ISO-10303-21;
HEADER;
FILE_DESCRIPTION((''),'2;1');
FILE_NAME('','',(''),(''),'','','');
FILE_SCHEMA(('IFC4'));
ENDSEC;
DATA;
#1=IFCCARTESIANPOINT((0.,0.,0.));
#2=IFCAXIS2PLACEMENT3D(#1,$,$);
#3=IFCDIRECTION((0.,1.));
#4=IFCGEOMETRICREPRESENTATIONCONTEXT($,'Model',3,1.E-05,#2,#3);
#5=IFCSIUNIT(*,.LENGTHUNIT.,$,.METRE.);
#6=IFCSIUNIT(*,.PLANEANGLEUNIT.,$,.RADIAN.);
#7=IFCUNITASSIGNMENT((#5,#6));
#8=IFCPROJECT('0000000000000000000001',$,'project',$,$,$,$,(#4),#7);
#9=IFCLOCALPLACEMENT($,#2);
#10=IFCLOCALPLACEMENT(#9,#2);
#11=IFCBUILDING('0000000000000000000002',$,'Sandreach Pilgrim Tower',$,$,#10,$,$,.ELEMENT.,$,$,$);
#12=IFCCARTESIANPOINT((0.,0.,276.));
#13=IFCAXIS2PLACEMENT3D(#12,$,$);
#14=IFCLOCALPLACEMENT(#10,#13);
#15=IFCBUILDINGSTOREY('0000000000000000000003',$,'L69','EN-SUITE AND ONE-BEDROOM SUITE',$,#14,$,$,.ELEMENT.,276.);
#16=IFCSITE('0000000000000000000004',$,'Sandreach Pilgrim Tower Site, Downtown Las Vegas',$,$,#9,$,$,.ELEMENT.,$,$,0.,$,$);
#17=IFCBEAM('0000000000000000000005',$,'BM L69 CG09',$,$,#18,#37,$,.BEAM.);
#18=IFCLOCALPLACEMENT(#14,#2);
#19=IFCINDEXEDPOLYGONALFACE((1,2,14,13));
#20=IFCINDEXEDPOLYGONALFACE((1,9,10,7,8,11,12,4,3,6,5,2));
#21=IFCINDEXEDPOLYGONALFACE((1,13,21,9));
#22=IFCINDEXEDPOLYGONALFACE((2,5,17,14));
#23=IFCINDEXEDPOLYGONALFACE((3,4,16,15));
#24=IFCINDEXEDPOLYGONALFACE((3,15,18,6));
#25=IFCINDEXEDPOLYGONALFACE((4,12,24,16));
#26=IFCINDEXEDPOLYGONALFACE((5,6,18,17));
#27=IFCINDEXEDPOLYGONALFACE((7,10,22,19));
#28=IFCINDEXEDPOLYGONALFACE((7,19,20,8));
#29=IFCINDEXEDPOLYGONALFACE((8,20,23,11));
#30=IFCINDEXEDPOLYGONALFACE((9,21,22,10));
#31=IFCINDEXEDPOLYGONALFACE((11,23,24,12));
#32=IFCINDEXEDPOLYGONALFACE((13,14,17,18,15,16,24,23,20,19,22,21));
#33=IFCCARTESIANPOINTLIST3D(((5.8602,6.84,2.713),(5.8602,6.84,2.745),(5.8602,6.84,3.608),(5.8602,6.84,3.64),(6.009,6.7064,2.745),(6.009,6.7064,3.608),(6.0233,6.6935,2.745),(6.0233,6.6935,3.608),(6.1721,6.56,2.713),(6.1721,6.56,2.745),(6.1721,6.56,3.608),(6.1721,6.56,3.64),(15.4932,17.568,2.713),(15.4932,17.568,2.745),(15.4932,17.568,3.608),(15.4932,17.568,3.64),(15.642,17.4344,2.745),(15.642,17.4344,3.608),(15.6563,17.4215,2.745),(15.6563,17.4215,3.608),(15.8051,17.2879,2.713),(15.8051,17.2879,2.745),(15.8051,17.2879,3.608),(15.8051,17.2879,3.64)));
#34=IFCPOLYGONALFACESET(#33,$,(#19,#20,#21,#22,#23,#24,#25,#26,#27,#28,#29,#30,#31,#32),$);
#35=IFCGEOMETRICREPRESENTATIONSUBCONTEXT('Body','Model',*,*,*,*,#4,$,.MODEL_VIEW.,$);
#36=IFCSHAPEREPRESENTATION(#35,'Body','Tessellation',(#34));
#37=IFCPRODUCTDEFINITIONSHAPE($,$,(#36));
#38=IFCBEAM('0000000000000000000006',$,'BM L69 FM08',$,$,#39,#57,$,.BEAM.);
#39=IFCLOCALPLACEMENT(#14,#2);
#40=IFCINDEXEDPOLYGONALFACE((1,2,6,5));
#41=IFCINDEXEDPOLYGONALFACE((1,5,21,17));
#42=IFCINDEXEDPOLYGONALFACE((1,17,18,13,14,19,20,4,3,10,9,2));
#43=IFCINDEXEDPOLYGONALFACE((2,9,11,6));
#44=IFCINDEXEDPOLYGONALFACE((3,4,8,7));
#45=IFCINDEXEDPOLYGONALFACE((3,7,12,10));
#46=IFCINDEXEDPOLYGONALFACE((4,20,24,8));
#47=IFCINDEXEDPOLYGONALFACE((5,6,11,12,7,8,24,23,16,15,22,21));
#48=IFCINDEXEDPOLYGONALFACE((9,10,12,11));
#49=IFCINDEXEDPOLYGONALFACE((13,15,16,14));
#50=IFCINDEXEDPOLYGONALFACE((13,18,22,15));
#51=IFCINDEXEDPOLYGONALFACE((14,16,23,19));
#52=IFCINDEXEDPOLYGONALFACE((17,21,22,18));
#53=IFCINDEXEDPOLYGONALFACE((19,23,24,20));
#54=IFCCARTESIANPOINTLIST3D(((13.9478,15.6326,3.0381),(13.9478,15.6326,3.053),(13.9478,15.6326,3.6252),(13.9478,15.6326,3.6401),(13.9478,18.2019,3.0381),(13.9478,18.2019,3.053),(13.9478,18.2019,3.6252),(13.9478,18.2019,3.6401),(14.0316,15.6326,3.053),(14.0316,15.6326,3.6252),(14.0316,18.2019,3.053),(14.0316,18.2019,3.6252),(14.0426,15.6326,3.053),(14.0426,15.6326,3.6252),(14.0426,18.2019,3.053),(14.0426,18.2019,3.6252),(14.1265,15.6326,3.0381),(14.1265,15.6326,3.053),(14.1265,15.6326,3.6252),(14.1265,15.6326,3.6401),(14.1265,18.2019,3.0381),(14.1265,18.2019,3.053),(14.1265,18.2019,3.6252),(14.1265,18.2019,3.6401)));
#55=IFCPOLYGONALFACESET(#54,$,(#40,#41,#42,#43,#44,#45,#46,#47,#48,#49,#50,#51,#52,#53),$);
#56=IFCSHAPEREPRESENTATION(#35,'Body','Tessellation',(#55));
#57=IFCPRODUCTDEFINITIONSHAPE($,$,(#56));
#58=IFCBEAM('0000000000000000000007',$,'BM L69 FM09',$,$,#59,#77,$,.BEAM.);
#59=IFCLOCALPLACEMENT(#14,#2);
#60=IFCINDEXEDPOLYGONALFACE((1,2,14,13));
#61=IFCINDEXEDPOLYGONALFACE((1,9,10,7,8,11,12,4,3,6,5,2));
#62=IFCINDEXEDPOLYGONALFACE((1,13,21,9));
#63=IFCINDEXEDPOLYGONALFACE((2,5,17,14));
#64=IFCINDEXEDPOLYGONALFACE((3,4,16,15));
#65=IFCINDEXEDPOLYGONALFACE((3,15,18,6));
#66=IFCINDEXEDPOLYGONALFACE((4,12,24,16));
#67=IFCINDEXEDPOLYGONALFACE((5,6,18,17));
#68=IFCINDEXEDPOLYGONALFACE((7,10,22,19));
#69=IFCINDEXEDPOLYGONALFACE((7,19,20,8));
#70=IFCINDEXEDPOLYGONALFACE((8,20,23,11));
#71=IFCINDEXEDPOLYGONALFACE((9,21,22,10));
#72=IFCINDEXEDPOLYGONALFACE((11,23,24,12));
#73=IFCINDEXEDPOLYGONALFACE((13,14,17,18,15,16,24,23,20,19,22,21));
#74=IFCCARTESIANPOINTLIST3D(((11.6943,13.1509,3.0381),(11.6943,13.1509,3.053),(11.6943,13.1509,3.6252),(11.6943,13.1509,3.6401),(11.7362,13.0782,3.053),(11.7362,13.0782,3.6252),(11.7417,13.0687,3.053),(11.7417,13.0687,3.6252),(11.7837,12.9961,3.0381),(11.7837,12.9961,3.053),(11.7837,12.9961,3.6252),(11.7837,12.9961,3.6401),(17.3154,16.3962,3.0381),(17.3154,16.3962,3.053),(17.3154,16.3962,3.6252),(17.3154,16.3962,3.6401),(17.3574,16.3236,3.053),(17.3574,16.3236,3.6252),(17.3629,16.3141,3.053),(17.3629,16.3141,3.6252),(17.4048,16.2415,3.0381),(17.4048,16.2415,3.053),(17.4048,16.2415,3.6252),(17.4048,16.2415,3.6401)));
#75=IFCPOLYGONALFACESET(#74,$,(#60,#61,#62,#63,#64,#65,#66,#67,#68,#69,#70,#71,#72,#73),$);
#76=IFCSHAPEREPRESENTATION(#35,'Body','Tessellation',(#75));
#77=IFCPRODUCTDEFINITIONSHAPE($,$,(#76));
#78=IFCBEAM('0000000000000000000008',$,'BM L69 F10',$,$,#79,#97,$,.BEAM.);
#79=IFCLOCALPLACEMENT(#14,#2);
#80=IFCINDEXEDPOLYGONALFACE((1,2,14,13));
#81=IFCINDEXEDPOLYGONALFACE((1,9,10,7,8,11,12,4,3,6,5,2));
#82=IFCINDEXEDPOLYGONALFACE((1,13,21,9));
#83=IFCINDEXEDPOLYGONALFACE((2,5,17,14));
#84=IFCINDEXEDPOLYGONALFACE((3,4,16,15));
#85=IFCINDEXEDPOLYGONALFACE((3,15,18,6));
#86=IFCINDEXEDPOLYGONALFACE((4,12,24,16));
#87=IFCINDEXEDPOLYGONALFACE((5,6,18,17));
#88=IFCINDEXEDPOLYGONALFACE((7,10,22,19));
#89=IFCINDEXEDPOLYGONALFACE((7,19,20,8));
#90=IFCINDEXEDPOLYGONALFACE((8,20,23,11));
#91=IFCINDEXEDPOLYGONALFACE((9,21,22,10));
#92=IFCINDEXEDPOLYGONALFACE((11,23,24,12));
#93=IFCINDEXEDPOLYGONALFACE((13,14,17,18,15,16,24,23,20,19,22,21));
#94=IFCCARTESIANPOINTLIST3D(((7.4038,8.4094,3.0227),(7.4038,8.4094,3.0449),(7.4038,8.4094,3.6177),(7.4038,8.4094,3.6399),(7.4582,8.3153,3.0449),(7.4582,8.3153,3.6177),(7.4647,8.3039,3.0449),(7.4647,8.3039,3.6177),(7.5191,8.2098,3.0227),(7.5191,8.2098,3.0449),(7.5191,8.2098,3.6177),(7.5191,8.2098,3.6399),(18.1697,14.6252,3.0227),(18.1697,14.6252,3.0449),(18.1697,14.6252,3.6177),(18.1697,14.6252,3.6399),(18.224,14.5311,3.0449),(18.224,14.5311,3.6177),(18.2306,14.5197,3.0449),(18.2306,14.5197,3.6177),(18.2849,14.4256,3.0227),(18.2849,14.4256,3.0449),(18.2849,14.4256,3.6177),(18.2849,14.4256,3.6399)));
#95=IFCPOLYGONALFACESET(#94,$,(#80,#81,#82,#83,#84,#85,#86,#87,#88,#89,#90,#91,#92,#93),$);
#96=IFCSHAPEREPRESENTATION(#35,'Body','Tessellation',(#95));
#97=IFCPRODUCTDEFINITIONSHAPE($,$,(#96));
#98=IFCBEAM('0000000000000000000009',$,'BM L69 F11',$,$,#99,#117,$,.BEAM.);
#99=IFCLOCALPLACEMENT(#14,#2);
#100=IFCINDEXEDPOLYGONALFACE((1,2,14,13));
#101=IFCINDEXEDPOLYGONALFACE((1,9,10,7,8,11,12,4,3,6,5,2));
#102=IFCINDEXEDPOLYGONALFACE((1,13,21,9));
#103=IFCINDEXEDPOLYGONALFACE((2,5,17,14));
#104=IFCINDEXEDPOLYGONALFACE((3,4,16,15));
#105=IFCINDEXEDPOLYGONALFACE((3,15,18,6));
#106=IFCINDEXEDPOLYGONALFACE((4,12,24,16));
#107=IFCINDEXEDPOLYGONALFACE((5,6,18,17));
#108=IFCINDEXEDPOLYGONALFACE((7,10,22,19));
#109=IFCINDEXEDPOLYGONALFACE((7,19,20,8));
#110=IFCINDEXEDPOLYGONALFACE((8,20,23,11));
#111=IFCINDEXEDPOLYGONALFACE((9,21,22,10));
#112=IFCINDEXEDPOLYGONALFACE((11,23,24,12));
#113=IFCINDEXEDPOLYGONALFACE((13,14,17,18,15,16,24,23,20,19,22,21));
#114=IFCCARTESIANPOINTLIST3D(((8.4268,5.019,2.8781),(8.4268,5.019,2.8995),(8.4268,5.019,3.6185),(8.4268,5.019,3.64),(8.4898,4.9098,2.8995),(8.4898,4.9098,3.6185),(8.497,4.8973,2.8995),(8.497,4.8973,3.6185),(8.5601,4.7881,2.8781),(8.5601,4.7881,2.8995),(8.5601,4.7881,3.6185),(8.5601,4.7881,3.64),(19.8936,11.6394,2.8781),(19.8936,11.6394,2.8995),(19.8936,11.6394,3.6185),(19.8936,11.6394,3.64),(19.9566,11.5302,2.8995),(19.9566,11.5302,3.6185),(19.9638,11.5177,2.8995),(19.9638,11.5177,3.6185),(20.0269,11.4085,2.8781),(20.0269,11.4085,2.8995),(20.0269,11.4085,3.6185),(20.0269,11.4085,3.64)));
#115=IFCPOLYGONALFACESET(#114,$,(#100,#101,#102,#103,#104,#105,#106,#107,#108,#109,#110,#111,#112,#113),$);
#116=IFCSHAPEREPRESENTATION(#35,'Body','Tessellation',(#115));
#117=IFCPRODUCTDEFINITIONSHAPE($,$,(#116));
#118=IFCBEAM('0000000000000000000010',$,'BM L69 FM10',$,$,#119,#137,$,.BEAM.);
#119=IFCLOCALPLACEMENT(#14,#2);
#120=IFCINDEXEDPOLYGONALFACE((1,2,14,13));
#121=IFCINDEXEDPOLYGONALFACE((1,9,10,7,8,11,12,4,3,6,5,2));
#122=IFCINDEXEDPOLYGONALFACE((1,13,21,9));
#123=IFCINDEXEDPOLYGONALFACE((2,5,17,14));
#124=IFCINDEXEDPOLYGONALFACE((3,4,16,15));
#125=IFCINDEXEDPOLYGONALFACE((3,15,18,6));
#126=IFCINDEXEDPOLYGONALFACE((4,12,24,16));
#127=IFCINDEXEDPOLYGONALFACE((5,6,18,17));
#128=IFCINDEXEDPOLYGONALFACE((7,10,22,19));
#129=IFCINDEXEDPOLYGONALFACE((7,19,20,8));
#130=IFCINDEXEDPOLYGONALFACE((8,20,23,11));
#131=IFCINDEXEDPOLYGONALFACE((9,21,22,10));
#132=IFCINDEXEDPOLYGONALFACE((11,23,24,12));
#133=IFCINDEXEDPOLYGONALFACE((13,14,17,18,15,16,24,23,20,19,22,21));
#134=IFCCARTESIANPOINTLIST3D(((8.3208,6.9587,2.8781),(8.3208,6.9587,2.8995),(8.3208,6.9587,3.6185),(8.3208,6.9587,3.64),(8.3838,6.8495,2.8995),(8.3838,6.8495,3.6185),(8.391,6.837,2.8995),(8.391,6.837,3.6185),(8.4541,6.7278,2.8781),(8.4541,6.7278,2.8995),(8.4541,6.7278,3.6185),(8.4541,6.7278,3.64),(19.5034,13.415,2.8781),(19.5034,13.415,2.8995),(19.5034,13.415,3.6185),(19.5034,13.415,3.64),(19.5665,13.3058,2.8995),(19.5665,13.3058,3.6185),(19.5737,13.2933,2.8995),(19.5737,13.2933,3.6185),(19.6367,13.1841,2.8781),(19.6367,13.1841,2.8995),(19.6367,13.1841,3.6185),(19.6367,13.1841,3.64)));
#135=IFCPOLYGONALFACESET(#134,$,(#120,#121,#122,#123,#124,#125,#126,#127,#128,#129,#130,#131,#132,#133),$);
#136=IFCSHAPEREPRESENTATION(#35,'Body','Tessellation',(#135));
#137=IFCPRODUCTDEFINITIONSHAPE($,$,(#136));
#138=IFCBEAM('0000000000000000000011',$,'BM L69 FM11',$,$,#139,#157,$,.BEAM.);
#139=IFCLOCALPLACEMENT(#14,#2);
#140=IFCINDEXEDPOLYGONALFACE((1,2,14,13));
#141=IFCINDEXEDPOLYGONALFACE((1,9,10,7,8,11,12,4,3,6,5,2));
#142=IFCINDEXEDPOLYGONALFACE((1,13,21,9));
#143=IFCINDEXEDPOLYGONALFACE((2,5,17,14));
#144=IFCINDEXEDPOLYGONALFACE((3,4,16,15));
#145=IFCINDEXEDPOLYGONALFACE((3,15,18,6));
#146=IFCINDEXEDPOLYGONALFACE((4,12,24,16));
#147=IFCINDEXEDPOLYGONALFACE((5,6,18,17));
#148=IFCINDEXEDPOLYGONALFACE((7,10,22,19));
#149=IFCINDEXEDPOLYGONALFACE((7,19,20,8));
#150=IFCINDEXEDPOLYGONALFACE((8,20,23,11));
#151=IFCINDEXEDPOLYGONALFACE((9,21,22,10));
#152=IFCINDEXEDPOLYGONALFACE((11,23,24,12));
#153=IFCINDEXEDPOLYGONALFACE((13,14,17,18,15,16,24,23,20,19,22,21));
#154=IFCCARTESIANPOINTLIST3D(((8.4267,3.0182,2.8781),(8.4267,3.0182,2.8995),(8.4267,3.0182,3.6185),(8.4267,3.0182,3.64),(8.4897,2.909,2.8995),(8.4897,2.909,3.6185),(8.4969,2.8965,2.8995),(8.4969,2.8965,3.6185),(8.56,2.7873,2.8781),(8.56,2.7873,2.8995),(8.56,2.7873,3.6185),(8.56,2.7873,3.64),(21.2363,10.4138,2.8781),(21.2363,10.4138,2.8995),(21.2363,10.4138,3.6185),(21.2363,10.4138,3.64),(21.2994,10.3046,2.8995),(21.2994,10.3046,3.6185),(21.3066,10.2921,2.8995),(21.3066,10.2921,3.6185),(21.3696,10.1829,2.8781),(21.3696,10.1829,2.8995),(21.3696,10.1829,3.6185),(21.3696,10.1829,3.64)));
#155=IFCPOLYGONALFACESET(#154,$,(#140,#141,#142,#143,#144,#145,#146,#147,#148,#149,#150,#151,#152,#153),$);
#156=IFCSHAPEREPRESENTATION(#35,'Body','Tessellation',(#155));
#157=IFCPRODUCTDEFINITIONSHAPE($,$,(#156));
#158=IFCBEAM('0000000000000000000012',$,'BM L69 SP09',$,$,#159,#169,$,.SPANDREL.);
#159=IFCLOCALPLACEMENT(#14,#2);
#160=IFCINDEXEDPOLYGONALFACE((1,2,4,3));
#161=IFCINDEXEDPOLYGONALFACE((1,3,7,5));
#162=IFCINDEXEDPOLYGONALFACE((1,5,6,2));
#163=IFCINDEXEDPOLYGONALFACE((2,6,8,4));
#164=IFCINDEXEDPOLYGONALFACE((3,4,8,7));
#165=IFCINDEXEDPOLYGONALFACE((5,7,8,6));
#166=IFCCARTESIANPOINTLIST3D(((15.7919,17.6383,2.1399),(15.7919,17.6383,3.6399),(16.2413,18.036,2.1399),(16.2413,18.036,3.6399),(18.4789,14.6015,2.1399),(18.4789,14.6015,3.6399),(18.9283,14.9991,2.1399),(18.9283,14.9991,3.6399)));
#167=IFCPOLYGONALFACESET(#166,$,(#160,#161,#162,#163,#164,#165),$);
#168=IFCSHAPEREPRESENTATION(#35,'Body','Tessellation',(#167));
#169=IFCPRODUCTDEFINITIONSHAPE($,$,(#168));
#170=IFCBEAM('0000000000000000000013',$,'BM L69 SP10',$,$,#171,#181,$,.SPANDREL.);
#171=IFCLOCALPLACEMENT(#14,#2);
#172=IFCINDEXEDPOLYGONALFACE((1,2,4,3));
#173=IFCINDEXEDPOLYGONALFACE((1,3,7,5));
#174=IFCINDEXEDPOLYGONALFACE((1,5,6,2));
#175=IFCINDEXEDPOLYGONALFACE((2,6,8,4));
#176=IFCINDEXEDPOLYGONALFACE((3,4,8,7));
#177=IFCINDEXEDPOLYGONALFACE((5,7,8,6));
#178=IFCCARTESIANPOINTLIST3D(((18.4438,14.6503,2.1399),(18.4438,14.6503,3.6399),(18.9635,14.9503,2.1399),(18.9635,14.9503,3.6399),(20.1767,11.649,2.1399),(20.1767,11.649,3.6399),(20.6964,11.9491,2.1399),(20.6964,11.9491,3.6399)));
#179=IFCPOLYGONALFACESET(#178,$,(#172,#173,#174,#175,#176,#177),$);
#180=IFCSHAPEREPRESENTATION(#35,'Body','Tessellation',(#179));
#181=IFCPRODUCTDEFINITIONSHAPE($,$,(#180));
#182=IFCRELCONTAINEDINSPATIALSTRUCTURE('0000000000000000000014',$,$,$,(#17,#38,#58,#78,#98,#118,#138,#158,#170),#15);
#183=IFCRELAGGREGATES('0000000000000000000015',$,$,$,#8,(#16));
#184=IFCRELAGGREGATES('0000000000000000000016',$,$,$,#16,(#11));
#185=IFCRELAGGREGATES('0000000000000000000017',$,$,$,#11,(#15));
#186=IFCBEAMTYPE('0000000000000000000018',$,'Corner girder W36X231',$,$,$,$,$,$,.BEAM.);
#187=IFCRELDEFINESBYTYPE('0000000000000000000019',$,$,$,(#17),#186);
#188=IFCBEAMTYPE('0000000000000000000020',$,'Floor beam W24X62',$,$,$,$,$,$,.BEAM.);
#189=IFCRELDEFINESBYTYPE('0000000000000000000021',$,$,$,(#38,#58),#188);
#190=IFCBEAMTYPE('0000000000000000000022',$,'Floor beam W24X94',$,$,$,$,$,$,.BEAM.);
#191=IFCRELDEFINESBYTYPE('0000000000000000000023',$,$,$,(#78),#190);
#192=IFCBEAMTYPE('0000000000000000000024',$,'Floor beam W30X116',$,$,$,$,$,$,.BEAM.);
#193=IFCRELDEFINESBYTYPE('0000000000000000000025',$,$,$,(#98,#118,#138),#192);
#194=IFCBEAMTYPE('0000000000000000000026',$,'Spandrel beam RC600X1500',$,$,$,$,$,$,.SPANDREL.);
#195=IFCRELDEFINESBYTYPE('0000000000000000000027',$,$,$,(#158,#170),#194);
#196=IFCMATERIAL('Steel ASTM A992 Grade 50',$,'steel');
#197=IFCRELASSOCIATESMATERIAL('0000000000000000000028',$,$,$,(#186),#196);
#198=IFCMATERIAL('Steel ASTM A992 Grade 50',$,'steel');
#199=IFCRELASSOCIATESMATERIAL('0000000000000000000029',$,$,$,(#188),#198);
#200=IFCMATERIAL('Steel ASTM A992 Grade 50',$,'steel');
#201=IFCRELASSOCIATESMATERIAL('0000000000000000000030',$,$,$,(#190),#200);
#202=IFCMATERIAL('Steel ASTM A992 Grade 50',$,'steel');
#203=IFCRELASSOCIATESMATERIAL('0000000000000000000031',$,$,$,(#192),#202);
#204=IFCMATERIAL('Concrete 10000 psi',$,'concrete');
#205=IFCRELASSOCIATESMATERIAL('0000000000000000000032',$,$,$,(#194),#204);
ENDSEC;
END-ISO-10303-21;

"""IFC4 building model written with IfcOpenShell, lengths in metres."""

from ifc_helpers import new_model, si_unit, direction, frame, origin, origin_2d, place, context, subcontext, project, spatial, rectangle, i_section, extrude, material, material_profile, profile_set, type_object, element, save


model = new_model("IFC4")

# Units and contexts
model_context = context("Model", 3, precision=1e-05, world=origin(), true_north=direction((0.0, 1.0)))
body_context = subcontext(model_context, "Body", "Model", "MODEL_VIEW")
ifc_project = project(units=[si_unit("LENGTHUNIT", "METRE"), si_unit("PLANEANGLEUNIT", "RADIAN")], contexts=[model_context])

# Site, building, storey
site_placement = place(None, origin())
site = spatial("IfcSite", under=ifc_project, at=site_placement, Name="Sandreach Pilgrim Tower Site, Downtown Las Vegas", CompositionType="ELEMENT", RefElevation=0.0)
building_placement = place(site_placement, origin())
building = spatial("IfcBuilding", under=site, at=building_placement, Name="Sandreach Pilgrim Tower", CompositionType="ELEMENT")
storey_placement = place(building_placement, frame((0.0, 0.0, 276.0)))
storey = spatial("IfcBuildingStorey", under=building, at=storey_placement, Name="L69", Description="EN-SUITE AND ONE-BEDROOM SUITE", CompositionType="ELEMENT", Elevation=276.0)

# Beams
ifc_material_1 = material(Name="Steel ASTM A992 Grade 50", Category="steel")
ifc_material_profile_1 = material_profile(ifc_material_1, i_section(OverallWidth=0.4192, OverallDepth=0.927, WebThickness=0.0193, FlangeThickness=0.032, at=origin_2d()), Name="W36X231")
ifc_profile_set_1 = profile_set([ifc_material_profile_1], Name="Steel ASTM A992 Grade 50")
beam_type_1 = type_object("IfcBeamType", Name="Corner girder W36X231", PredefinedType="BEAM", material=ifc_profile_set_1)
beam_1_placement = place(storey_placement, frame((15.6492, 17.428, 3.1765), z_axis=(-0.668115, -0.744058, 0.0), x_axis=(0.744058, -0.668115, 0.0)))
element("IfcBeam", 1, at=beam_1_placement, inside=storey, type_object=beam_type_1, Name="BM L69 CG09", PredefinedType="BEAM", context=body_context, shape_type="SweptSolid", body=[
    extrude(i_section(OverallWidth=0.4192, OverallDepth=0.927, WebThickness=0.0193, FlangeThickness=0.032, at=origin_2d()), origin(), (0.0, 0.0, 1.0), 14.4182),
])
ifc_material_2 = material(Name="Steel ASTM A992 Grade 50", Category="steel")
ifc_material_profile_2 = material_profile(ifc_material_2, i_section(OverallWidth=0.1787, OverallDepth=0.6021, WebThickness=0.011, FlangeThickness=0.0149, at=origin_2d()), Name="W24X62")
ifc_profile_set_2 = profile_set([ifc_material_profile_2], Name="Steel ASTM A992 Grade 50")
beam_type_2 = type_object("IfcBeamType", Name="Floor beam W24X62", PredefinedType="BEAM", material=ifc_profile_set_2)
beam_2_placement = place(storey_placement, frame((14.0371, 18.2019, 3.3391), z_axis=(0.0, -1.0, 0.0), x_axis=(1.0, 0.0, 0.0)))
element("IfcBeam", 2, at=beam_2_placement, inside=storey, type_object=beam_type_2, Name="BM L69 FM08", PredefinedType="BEAM", context=body_context, shape_type="SweptSolid", body=[
    extrude(i_section(OverallWidth=0.1787, OverallDepth=0.6021, WebThickness=0.011, FlangeThickness=0.0149, at=origin_2d()), origin(), (0.0, 0.0, 1.0), 2.5693),
])
beam_3_placement = place(storey_placement, frame((17.3601, 16.3188, 3.3391), z_axis=(-0.866024, -0.500002, 0.0), x_axis=(0.500002, -0.866024, 0.0)))
element("IfcBeam", 3, at=beam_3_placement, inside=storey, type_object=beam_type_2, Name="BM L69 FM09", PredefinedType="BEAM", context=body_context, shape_type="SweptSolid", body=[
    extrude(i_section(OverallWidth=0.1787, OverallDepth=0.6021, WebThickness=0.011, FlangeThickness=0.0149, at=origin_2d()), origin(), (0.0, 0.0, 1.0), 6.4907),
])
ifc_material_3 = material(Name="Steel ASTM A992 Grade 50", Category="steel")
ifc_material_profile_3 = material_profile(ifc_material_3, i_section(OverallWidth=0.2305, OverallDepth=0.6172, WebThickness=0.0132, FlangeThickness=0.0222, at=origin_2d()), Name="W24X94")
ifc_profile_set_3 = profile_set([ifc_material_profile_3], Name="Steel ASTM A992 Grade 50")
beam_type_3 = type_object("IfcBeamType", Name="Floor beam W24X94", PredefinedType="BEAM", material=ifc_profile_set_3)
beam_4_placement = place(storey_placement, frame((18.2273, 14.5254, 3.3313), z_axis=(-0.86602, -0.500009, 0.0), x_axis=(0.500009, -0.86602, 0.0)))
element("IfcBeam", 4, at=beam_4_placement, inside=storey, type_object=beam_type_3, Name="BM L69 F10", PredefinedType="BEAM", context=body_context, shape_type="SweptSolid", body=[
    extrude(i_section(OverallWidth=0.2305, OverallDepth=0.6172, WebThickness=0.0132, FlangeThickness=0.0222, at=origin_2d()), origin(), (0.0, 0.0, 1.0), 12.4314),
])
ifc_material_4 = material(Name="Steel ASTM A992 Grade 50", Category="steel")
ifc_material_profile_4 = material_profile(ifc_material_4, i_section(OverallWidth=0.2666, OverallDepth=0.762, WebThickness=0.0144, FlangeThickness=0.0215, at=origin_2d()), Name="W30X116")
ifc_profile_set_4 = profile_set([ifc_material_profile_4], Name="Steel ASTM A992 Grade 50")
beam_type_4 = type_object("IfcBeamType", Name="Floor beam W30X116", PredefinedType="BEAM", material=ifc_profile_set_4)
beam_5_placement = place(storey_placement, frame((19.9602, 11.5239, 3.259), z_axis=(-0.866025, -0.5, 0.0), x_axis=(0.5, -0.866025, 0.0)))
element("IfcBeam", 5, at=beam_5_placement, inside=storey, type_object=beam_type_4, Name="BM L69 F11", PredefinedType="BEAM", context=body_context, shape_type="SweptSolid", body=[
    extrude(i_section(OverallWidth=0.2666, OverallDepth=0.762, WebThickness=0.0144, FlangeThickness=0.0215, at=origin_2d()), origin(), (0.0, 0.0, 1.0), 13.2407),
])
beam_6_placement = place(storey_placement, frame((19.5701, 13.2996, 3.259), z_axis=(-0.866025, -0.500001, 0.0), x_axis=(0.500001, -0.866025, 0.0)))
element("IfcBeam", 6, at=beam_6_placement, inside=storey, type_object=beam_type_4, Name="BM L69 FM10", PredefinedType="BEAM", context=body_context, shape_type="SweptSolid", body=[
    extrude(i_section(OverallWidth=0.2666, OverallDepth=0.762, WebThickness=0.0144, FlangeThickness=0.0215, at=origin_2d()), origin(), (0.0, 0.0, 1.0), 12.9126),
])
beam_7_placement = place(storey_placement, frame((21.303, 10.2983, 3.259), z_axis=(-0.866028, -0.499995, 0.0), x_axis=(0.499995, -0.866028, 0.0)))
element("IfcBeam", 7, at=beam_7_placement, inside=storey, type_object=beam_type_4, Name="BM L69 FM11", PredefinedType="BEAM", context=body_context, shape_type="SweptSolid", body=[
    extrude(i_section(OverallWidth=0.2666, OverallDepth=0.762, WebThickness=0.0144, FlangeThickness=0.0215, at=origin_2d()), origin(), (0.0, 0.0, 1.0), 14.7913),
])
ifc_material_5 = material(Name="Concrete 10000 psi", Category="concrete")
ifc_material_profile_5 = material_profile(ifc_material_5, rectangle(XDim=0.6001, YDim=1.5, at=origin_2d()), Name="RC600X1500")
ifc_profile_set_5 = profile_set([ifc_material_profile_5], Name="Concrete 10000 psi")
beam_type_5 = type_object("IfcBeamType", Name="Spandrel beam RC600X1500", PredefinedType="SPANDREL", material=ifc_profile_set_5)
beam_8_placement = place(storey_placement, frame((16.0166, 17.8372, 2.8899), z_axis=(0.662651, -0.748929, 0.0), x_axis=(0.748929, 0.662651, 0.0)))
element("IfcBeam", 8, at=beam_8_placement, inside=storey, type_object=beam_type_5, Name="BM L69 SP09", PredefinedType="SPANDREL", context=body_context, shape_type="SweptSolid", body=[
    extrude(rectangle(XDim=0.6001, YDim=1.5, at=origin_2d()), origin(), (0.0, 0.0, 1.0), 4.0549),
])
for number, where, z_axis, x_axis, name in (
    (9, (18.7036, 14.8003, 2.8899), (0.500033, -0.866006, 0.0), (0.866006, 0.500033, 0.0), "BM L69 SP10"),
):
    element("IfcBeam", number, at=place(storey_placement, frame(where, z_axis=z_axis, x_axis=x_axis)), inside=storey, type_object=beam_type_5, Name=name, PredefinedType="SPANDREL", context=body_context, shape_type="SweptSolid", body=[
        extrude(rectangle(XDim=0.6001, YDim=1.5, at=origin_2d()), origin(), (0.0, 0.0, 1.0), 3.4656),
    ])

save(model, "model.ifc")
